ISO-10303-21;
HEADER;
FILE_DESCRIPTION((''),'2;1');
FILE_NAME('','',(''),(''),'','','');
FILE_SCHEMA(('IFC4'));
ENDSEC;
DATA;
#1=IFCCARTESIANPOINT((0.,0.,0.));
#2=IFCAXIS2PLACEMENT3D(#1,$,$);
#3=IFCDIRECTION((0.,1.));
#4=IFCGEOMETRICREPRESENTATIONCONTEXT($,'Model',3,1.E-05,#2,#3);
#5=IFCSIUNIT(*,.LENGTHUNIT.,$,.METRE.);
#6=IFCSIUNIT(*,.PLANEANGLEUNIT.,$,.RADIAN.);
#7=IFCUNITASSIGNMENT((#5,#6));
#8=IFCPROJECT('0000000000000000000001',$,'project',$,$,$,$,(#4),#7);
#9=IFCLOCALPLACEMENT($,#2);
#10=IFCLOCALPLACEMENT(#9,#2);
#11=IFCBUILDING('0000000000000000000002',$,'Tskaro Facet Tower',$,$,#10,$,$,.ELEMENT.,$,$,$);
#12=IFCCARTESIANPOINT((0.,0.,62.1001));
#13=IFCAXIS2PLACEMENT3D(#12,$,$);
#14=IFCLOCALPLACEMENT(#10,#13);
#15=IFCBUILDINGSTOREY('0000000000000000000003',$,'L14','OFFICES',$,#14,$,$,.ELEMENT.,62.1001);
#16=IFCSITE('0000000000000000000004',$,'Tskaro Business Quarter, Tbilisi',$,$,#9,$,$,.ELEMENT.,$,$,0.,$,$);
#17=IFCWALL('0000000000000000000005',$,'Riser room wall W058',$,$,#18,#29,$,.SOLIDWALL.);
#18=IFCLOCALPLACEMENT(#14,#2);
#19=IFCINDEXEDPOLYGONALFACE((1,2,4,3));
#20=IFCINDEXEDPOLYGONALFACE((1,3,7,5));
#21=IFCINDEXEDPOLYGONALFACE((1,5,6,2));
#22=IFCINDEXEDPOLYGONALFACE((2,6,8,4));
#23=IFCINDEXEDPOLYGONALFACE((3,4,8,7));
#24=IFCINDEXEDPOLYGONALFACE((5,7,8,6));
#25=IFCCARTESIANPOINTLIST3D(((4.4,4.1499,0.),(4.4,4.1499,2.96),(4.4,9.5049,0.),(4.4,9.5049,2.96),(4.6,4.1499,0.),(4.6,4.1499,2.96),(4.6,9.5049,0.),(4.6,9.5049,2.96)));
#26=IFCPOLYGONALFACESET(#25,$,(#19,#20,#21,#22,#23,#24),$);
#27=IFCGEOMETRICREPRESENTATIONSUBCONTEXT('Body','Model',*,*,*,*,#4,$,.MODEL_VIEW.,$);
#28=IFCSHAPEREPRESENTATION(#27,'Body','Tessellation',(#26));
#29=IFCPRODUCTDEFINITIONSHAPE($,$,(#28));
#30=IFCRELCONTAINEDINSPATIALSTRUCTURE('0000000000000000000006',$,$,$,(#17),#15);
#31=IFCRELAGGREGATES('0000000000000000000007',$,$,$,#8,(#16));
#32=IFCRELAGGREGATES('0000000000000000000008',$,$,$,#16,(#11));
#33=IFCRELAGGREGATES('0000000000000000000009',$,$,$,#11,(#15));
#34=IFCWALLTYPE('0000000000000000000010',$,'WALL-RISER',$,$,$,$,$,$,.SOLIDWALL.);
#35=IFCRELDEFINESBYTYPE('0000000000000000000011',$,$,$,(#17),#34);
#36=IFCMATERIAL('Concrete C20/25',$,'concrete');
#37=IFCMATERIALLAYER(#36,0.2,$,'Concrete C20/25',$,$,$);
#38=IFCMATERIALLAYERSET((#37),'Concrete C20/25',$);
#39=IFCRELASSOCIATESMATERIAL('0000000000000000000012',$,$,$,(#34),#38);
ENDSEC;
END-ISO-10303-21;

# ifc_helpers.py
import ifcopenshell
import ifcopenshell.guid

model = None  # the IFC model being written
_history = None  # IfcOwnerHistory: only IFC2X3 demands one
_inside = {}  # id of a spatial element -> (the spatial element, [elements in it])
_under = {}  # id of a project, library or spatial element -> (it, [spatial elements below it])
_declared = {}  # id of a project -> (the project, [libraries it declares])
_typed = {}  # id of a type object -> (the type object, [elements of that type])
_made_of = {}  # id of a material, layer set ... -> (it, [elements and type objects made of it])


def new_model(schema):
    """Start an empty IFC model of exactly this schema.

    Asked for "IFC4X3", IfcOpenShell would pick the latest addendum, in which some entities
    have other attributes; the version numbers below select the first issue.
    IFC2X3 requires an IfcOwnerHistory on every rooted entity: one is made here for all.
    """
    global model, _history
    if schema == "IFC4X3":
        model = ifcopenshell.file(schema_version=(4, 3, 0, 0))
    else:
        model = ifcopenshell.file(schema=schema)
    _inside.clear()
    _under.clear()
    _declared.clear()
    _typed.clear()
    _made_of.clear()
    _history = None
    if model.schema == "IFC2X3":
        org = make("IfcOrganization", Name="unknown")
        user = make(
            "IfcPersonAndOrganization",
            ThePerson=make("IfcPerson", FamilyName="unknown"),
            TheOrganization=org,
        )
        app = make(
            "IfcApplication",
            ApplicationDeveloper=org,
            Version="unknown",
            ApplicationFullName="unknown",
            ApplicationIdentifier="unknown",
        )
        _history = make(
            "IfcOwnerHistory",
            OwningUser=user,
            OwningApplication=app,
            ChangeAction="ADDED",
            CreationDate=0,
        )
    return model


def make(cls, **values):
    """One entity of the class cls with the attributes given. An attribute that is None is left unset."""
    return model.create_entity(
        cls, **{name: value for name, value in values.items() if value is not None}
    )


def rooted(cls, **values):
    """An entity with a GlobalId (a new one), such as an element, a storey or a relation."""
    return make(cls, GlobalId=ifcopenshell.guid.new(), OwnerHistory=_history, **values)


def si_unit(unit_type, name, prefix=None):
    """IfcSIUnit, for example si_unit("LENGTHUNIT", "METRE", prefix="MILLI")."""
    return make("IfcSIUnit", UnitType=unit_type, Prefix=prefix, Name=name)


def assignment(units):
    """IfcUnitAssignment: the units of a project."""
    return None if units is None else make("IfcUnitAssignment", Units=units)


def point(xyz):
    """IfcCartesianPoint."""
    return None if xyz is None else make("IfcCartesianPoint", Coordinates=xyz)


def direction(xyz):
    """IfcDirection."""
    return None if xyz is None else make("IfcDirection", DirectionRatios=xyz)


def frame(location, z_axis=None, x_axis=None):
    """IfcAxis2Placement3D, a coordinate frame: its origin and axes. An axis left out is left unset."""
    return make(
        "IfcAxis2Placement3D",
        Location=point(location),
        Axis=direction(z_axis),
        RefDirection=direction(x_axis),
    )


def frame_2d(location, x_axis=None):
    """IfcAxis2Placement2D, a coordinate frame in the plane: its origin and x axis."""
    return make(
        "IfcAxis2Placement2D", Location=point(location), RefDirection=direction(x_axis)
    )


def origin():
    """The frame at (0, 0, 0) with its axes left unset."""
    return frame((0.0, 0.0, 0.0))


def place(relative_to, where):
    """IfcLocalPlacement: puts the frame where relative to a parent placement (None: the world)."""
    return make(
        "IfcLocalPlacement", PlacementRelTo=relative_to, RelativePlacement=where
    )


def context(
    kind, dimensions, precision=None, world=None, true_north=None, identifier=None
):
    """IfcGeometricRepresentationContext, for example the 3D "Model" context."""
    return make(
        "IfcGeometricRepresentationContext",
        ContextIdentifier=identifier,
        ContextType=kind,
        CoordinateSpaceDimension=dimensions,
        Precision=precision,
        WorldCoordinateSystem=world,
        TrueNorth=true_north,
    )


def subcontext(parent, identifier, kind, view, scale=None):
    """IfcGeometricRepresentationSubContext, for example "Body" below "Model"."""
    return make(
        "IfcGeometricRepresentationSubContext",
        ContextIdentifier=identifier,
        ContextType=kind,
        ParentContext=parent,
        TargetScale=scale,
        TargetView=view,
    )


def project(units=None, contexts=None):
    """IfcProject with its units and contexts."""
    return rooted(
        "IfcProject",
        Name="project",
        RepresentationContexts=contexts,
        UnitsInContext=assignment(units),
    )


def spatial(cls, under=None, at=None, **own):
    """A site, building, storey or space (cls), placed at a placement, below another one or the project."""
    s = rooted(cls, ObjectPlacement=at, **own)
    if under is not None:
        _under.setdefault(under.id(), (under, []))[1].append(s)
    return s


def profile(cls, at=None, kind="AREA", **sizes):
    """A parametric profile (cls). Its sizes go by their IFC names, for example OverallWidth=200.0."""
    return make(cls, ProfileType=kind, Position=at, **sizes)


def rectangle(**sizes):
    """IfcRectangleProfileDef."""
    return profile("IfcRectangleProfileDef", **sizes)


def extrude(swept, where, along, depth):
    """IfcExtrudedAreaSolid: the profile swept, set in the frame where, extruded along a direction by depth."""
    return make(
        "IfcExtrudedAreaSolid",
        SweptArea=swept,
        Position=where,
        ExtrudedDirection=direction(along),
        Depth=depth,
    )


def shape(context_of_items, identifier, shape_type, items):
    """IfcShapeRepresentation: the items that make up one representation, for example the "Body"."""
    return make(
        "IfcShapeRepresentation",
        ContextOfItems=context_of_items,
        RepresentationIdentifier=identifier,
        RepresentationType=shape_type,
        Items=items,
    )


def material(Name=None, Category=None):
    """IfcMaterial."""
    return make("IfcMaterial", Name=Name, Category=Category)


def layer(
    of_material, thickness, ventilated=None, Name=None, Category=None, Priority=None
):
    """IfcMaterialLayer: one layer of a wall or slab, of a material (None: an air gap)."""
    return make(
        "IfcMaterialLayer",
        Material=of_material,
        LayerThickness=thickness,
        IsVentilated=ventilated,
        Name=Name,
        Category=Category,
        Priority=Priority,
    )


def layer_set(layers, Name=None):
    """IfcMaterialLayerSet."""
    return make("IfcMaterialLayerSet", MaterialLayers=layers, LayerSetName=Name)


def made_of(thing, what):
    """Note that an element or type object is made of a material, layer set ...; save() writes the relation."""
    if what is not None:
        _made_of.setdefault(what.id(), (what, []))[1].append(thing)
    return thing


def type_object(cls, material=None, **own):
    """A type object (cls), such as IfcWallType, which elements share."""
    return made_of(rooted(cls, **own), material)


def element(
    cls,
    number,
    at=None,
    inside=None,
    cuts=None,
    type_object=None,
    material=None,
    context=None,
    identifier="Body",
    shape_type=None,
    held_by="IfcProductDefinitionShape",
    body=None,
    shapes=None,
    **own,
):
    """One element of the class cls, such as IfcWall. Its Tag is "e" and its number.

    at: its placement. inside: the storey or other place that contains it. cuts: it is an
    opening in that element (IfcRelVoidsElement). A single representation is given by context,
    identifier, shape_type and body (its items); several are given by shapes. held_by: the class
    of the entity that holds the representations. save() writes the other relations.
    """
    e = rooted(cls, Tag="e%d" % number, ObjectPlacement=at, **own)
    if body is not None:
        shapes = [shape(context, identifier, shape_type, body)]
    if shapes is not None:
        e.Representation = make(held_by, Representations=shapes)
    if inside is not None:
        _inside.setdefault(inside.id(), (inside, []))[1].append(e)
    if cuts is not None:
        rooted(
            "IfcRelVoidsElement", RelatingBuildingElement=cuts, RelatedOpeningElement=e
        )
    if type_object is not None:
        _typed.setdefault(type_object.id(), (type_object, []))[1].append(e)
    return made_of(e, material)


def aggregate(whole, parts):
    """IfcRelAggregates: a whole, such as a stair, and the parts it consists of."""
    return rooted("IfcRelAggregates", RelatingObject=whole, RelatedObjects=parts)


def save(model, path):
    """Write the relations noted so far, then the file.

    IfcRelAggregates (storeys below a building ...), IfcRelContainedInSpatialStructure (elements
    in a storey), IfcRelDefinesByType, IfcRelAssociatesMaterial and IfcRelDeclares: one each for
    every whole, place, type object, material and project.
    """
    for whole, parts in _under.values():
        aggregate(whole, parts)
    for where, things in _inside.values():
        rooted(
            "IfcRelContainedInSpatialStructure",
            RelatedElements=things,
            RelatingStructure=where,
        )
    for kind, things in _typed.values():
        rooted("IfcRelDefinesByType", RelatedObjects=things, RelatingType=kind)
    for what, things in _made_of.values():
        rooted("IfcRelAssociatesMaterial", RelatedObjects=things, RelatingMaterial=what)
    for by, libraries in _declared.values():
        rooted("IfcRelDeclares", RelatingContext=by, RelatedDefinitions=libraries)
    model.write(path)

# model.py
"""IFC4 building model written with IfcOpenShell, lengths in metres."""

from ifc_helpers import new_model, si_unit, direction, frame, frame_2d, origin, place, context, subcontext, project, spatial, rectangle, extrude, material, layer, layer_set, type_object, element, save


model = new_model("IFC4")

# Units and contexts
model_context = context("Model", 3, precision=1e-05, world=origin(), true_north=direction((0.0, 1.0)))
body_context = subcontext(model_context, "Body", "Model", "MODEL_VIEW")
ifc_project = project(units=[si_unit("LENGTHUNIT", "METRE"), si_unit("PLANEANGLEUNIT", "RADIAN")], contexts=[model_context])

# Site, building, storey
site_placement = place(None, origin())
site = spatial("IfcSite", under=ifc_project, at=site_placement, Name="Tskaro Business Quarter, Tbilisi", CompositionType="ELEMENT", RefElevation=0.0)
building_placement = place(site_placement, origin())
building = spatial("IfcBuilding", under=site, at=building_placement, Name="Tskaro Facet Tower", CompositionType="ELEMENT")
storey_placement = place(building_placement, frame((0.0, 0.0, 62.1001)))
storey = spatial("IfcBuildingStorey", under=building, at=storey_placement, Name="L14", Description="OFFICES", CompositionType="ELEMENT", Elevation=62.1001)

# Shared definitions
ifc_material_1 = material(Name="Concrete C20/25", Category="concrete")

# Shared definitions
ifc_layer_1 = layer(ifc_material_1, 0.2, Name="Concrete C20/25")
ifc_layer_set_1 = layer_set([ifc_layer_1], Name="Concrete C20/25")
wall_type_1 = type_object("IfcWallType", Name="WALL-RISER", PredefinedType="SOLIDWALL", material=ifc_layer_set_1)

# Wall
wall_1_placement = place(storey_placement, frame((4.5, 4.1499, 0.0), z_axis=(0.0, 0.0, 1.0), x_axis=(0.0, 1.0, 0.0)))
element("IfcWall", 1, at=wall_1_placement, inside=storey, type_object=wall_type_1, Name="Riser room wall W058", PredefinedType="SOLIDWALL", context=body_context, shape_type="SweptSolid", body=[
    extrude(rectangle(XDim=5.355, YDim=0.2, at=frame_2d((2.6775, 0.0))), origin(), (0.0, 0.0, 1.0), 2.96),
])

save(model, "model.ifc")
